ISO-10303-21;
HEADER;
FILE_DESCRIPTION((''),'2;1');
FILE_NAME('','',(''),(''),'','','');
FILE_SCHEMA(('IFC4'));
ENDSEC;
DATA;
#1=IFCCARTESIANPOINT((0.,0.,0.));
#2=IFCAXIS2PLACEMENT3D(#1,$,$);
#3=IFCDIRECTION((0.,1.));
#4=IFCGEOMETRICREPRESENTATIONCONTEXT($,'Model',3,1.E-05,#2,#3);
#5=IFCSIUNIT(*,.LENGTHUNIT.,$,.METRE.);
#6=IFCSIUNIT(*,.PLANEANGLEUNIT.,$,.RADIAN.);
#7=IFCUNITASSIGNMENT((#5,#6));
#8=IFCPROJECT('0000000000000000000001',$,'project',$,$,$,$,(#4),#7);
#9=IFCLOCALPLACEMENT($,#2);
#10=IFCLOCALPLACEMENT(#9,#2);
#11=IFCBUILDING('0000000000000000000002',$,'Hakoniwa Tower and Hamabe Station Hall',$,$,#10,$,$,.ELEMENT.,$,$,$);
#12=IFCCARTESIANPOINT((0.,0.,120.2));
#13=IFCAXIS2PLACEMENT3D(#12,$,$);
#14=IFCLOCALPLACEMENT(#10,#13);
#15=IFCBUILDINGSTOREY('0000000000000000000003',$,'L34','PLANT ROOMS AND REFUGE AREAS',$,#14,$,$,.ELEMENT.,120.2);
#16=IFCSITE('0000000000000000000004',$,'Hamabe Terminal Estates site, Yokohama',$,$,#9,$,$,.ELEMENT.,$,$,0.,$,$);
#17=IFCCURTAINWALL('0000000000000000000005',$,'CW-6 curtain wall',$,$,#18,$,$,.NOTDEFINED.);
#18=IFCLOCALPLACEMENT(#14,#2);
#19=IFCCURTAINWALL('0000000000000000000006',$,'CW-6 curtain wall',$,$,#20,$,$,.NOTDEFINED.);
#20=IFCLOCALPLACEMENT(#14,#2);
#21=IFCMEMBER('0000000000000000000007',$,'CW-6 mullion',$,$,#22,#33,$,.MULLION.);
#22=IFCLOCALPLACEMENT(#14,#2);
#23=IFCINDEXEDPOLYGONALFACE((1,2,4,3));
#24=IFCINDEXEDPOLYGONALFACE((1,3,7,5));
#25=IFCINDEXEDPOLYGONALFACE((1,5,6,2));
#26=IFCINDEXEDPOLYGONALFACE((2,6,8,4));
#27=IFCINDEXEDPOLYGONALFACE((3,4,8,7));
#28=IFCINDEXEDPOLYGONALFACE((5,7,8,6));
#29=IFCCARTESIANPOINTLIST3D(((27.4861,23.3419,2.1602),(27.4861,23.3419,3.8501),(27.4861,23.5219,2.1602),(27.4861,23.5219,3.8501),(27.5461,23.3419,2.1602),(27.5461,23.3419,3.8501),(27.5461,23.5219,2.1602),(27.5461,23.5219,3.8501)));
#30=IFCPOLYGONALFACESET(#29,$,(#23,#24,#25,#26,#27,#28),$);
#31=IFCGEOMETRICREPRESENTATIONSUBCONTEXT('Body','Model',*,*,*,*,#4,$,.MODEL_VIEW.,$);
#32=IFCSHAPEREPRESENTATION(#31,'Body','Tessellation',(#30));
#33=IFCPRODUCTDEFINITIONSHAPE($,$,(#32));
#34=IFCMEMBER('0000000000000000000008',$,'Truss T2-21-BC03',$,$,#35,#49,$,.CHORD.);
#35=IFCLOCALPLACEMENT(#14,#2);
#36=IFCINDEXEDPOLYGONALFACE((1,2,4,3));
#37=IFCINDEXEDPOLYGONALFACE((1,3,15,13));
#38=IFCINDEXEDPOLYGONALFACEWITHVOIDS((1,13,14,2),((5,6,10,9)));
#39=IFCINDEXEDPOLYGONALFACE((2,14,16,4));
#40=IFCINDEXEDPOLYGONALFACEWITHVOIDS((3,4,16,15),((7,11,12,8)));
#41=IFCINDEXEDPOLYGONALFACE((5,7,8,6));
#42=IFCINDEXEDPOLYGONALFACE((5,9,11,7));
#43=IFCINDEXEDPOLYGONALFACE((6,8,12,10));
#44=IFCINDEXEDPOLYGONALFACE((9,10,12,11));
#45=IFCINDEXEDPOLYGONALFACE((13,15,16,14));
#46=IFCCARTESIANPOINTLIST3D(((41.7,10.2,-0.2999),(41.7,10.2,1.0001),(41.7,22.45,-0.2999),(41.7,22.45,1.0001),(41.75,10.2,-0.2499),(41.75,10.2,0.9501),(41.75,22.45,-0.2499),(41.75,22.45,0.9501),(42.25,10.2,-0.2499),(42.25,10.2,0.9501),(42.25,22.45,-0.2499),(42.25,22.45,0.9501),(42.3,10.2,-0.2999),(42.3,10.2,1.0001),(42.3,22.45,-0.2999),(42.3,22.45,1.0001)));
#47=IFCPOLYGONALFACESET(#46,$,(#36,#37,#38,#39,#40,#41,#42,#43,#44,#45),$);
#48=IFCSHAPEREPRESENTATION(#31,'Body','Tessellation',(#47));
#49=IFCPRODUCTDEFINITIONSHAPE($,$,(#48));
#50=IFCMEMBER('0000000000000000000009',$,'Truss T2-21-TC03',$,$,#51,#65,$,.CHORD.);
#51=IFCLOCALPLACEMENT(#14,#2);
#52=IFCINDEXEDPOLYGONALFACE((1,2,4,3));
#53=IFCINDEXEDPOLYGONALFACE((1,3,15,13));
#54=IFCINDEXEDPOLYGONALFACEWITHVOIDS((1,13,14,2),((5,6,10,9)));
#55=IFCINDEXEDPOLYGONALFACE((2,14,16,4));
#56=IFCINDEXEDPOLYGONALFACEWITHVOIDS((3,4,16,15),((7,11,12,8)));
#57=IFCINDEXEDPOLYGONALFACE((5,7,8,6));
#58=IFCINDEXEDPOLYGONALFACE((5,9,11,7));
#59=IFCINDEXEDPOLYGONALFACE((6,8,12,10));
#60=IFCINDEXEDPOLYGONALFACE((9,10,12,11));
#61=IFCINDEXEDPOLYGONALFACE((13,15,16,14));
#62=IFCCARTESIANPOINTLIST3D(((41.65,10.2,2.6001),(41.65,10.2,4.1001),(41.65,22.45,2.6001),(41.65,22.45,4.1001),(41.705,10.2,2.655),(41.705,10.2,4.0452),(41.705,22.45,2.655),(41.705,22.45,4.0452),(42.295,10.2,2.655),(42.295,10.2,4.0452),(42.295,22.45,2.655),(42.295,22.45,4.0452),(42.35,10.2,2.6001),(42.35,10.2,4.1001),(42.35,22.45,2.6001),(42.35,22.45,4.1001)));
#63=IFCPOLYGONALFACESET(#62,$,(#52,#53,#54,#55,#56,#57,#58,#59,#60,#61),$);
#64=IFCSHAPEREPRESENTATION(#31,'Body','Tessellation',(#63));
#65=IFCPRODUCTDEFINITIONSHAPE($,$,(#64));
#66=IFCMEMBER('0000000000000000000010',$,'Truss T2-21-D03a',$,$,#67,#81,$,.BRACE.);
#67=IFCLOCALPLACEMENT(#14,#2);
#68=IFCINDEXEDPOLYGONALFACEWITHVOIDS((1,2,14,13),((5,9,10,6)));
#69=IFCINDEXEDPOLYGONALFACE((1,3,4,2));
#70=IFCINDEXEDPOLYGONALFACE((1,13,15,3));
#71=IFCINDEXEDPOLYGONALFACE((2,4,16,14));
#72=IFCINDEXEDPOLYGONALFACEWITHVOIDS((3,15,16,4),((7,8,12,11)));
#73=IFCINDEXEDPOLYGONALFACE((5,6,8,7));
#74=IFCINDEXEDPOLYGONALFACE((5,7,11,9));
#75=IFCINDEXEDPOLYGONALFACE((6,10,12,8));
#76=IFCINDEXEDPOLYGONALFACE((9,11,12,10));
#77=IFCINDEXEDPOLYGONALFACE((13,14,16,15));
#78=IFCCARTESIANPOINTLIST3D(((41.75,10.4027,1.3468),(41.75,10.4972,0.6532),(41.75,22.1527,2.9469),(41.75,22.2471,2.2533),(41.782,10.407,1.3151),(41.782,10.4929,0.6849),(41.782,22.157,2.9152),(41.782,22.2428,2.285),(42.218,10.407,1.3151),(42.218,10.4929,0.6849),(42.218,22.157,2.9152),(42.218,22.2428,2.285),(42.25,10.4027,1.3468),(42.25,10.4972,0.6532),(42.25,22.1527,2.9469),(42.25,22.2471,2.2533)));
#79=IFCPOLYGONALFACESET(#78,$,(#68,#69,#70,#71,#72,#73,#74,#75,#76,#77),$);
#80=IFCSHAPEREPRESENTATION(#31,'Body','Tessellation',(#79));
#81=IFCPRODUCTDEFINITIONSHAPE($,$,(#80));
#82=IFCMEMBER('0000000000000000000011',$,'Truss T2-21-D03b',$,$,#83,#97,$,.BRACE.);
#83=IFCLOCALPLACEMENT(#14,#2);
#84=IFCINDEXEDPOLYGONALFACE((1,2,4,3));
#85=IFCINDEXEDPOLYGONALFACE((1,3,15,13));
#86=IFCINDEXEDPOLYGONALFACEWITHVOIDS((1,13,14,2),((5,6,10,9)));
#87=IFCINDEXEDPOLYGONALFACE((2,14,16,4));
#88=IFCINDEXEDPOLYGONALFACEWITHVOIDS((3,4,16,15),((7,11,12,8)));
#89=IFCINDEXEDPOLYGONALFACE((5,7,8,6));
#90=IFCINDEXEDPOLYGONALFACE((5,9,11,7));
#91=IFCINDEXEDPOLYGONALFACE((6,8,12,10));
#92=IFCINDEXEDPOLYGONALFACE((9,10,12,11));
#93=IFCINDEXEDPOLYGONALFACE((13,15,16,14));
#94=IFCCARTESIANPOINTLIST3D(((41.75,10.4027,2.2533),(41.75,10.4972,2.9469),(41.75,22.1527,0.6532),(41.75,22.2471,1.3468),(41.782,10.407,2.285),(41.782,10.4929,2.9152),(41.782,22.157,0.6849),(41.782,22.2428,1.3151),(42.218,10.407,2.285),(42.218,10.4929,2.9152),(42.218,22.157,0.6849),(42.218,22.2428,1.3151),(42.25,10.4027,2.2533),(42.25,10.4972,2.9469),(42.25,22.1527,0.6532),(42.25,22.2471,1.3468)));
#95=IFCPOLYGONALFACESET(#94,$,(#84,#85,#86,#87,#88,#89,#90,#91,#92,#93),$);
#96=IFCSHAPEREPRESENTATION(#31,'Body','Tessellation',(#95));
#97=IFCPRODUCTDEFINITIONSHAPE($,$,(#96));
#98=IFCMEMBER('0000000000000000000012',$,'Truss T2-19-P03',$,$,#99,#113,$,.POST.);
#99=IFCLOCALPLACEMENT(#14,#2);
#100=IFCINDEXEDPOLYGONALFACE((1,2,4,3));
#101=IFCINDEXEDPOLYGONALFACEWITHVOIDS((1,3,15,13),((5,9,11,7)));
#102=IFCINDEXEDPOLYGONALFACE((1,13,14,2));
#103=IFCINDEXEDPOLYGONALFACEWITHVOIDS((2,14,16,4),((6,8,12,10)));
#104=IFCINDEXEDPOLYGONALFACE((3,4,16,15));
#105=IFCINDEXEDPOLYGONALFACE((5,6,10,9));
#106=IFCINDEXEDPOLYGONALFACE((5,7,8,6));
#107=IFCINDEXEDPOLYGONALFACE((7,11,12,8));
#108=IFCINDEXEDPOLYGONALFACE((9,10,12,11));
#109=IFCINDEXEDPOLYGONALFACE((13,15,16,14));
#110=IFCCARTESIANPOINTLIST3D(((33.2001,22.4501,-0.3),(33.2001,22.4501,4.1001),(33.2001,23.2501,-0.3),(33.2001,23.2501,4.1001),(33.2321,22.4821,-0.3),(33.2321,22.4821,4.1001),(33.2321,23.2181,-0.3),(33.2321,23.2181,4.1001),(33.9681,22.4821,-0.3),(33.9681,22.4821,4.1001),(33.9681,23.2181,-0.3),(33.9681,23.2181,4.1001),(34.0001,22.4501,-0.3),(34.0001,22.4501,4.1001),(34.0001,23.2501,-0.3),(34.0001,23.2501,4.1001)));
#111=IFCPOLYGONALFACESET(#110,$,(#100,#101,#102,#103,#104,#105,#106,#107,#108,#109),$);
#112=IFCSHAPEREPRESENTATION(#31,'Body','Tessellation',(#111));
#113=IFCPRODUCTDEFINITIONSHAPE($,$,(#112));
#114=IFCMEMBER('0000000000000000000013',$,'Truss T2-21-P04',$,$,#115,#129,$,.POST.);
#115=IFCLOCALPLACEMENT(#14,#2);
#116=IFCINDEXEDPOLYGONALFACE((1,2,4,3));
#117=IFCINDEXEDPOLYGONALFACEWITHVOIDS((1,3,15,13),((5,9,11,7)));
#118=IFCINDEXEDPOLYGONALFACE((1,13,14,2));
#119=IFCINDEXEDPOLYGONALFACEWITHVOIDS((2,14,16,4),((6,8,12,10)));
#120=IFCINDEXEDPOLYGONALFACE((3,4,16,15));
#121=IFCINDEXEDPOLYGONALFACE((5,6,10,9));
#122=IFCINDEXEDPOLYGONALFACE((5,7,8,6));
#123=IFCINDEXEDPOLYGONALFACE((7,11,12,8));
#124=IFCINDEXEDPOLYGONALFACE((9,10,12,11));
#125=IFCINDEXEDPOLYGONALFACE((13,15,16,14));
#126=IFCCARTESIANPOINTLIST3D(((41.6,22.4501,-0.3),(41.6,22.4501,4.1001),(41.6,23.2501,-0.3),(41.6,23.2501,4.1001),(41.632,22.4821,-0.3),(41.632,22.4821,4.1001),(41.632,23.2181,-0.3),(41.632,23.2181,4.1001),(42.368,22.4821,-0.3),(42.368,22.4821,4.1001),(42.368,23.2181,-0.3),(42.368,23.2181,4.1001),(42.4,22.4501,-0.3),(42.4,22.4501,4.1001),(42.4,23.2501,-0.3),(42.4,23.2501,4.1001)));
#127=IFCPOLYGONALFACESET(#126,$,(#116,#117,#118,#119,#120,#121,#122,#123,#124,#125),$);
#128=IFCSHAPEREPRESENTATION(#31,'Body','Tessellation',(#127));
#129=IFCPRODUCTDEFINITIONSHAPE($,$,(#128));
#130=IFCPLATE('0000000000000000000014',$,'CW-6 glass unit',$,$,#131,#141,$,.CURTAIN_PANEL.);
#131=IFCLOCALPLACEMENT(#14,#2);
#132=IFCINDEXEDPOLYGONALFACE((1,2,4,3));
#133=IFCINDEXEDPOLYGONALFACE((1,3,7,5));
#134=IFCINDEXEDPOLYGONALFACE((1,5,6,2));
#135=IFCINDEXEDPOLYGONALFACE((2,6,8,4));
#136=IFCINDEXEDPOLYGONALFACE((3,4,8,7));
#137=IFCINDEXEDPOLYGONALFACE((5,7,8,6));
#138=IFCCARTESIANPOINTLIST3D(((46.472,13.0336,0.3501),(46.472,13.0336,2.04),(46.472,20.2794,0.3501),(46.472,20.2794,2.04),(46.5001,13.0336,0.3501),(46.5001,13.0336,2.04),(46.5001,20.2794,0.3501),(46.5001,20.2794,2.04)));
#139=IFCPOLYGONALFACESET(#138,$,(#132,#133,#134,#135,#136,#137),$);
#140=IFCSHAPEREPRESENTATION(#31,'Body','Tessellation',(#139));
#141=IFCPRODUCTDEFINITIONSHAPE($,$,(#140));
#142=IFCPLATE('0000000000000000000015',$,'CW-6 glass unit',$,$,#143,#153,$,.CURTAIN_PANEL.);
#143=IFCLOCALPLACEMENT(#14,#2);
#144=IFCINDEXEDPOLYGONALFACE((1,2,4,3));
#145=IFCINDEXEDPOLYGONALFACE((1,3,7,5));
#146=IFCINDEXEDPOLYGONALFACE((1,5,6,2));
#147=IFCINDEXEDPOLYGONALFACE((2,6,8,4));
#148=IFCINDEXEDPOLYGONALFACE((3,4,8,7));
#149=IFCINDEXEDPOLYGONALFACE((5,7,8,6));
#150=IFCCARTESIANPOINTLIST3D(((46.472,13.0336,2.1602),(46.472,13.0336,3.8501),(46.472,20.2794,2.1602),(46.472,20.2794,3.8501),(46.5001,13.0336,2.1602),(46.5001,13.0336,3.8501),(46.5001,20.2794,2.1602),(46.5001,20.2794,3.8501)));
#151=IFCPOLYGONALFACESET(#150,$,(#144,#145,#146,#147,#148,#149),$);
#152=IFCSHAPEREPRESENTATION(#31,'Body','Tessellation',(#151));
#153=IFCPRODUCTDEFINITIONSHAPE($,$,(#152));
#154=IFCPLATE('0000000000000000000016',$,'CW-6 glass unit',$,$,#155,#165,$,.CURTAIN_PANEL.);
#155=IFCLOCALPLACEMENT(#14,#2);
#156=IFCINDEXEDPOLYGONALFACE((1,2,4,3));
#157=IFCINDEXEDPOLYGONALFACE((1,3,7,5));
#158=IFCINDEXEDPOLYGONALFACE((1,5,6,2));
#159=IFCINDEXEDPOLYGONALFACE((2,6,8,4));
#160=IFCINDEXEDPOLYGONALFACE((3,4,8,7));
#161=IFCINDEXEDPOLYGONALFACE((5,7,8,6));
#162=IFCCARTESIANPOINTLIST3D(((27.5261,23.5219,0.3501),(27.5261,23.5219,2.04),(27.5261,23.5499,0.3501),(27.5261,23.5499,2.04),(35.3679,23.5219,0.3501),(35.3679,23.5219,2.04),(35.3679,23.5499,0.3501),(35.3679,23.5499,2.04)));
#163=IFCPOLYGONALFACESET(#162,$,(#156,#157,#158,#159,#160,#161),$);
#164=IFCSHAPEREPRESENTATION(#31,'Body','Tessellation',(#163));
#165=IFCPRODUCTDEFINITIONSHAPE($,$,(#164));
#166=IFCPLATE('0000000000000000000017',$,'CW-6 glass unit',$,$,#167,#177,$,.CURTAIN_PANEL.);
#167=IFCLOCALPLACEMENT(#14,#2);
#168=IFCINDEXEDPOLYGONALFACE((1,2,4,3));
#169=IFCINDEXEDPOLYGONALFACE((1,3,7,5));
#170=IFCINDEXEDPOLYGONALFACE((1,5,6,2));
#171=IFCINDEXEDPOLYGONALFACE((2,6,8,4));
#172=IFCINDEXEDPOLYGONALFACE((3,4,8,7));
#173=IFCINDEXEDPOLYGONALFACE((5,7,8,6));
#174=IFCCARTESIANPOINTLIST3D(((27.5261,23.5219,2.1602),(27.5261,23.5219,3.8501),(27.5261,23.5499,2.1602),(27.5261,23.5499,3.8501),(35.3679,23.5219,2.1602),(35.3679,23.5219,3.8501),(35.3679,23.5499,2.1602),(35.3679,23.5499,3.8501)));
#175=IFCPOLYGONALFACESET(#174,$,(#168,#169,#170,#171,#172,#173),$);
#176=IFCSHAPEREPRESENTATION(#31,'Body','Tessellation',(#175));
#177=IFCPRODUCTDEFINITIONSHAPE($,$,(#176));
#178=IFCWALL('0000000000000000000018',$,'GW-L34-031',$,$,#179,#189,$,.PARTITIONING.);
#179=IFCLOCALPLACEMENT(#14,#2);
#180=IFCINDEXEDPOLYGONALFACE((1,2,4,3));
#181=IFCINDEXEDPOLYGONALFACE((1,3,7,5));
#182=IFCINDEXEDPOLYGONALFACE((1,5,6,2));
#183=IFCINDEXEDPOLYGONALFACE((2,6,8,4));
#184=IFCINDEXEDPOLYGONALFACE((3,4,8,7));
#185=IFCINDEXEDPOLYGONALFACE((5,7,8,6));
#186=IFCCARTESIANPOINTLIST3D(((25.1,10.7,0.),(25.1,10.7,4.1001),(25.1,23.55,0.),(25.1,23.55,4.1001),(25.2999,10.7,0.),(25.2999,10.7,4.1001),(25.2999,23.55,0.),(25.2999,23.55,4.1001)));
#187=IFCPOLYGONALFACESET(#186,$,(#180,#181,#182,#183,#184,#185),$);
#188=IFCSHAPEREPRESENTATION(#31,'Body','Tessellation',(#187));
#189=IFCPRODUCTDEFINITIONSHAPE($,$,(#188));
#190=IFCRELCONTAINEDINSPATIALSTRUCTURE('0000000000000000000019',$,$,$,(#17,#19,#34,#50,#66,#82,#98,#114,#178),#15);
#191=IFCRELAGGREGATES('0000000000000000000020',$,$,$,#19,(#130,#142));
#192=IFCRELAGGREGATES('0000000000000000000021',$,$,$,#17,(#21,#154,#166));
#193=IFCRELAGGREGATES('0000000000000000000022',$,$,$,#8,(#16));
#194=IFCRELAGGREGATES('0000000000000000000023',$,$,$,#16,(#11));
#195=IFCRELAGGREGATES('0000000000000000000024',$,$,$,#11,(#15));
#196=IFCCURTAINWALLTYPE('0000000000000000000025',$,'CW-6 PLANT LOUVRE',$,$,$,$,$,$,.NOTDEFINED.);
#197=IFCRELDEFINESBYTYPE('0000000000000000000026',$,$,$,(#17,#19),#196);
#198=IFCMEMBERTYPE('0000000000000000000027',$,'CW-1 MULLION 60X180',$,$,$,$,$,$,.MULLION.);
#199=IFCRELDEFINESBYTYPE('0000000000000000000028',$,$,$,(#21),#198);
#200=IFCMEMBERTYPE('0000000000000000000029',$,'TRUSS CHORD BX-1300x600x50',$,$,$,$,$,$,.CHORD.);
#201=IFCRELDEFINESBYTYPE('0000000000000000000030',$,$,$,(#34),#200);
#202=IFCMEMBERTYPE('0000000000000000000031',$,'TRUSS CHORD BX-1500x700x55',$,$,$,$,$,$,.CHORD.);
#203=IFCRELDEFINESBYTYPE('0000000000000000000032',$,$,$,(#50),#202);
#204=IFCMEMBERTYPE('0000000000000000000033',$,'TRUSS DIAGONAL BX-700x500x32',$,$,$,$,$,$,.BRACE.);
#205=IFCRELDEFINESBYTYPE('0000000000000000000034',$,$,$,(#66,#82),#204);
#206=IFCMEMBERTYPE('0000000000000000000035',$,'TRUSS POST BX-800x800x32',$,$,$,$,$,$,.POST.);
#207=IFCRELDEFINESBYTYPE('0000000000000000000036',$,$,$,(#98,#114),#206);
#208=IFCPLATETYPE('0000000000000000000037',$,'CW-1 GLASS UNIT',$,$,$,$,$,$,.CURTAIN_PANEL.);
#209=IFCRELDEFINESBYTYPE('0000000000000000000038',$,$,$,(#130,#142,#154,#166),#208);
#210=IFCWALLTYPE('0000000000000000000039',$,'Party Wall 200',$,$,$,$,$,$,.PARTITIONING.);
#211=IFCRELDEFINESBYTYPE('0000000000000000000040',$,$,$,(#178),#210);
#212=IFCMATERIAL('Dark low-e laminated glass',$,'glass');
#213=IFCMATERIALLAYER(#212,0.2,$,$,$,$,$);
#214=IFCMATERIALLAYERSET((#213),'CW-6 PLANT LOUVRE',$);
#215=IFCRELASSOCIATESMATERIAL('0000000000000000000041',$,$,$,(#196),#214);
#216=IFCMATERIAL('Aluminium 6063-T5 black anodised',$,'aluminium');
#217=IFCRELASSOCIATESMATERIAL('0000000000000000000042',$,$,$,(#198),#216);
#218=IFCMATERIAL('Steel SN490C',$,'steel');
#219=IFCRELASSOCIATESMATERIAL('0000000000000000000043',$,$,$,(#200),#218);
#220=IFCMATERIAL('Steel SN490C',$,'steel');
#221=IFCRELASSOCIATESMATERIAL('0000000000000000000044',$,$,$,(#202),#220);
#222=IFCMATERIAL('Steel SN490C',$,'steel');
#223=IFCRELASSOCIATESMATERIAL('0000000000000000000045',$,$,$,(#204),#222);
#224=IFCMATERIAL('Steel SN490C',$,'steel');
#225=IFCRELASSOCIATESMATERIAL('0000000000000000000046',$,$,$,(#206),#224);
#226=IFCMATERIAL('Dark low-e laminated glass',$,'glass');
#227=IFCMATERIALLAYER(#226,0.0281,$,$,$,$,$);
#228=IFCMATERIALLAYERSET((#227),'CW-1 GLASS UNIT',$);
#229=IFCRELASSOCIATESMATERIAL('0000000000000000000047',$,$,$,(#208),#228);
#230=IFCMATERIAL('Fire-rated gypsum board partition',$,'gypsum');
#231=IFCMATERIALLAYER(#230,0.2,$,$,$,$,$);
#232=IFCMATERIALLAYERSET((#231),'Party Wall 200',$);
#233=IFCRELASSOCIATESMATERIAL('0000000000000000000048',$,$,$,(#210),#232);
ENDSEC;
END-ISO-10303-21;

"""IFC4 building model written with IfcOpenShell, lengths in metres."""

from ifc_helpers import new_model, si_unit, direction, frame, frame_2d, origin, origin_2d, place, context, subcontext, project, spatial, rectangle, hollow_rectangle, extrude, material, layer, layer_set, material_profile, profile_set, type_object, element, aggregate, save


model = new_model("IFC4")

# Units and contexts
model_context = context("Model", 3, precision=1e-05, world=origin(), true_north=direction((0.0, 1.0)))
body_context = subcontext(model_context, "Body", "Model", "MODEL_VIEW")
ifc_project = project(units=[si_unit("LENGTHUNIT", "METRE"), si_unit("PLANEANGLEUNIT", "RADIAN")], contexts=[model_context])

# Site, building, storey
site_placement = place(None, origin())
site = spatial("IfcSite", under=ifc_project, at=site_placement, Name="Hamabe Terminal Estates site, Yokohama", CompositionType="ELEMENT", RefElevation=0.0)
building_placement = place(site_placement, origin())
building = spatial("IfcBuilding", under=site, at=building_placement, Name="Hakoniwa Tower and Hamabe Station Hall", CompositionType="ELEMENT")
storey_placement = place(building_placement, frame((0.0, 0.0, 120.2)))
storey = spatial("IfcBuildingStorey", under=building, at=storey_placement, Name="L34", Description="PLANT ROOMS AND REFUGE AREAS", CompositionType="ELEMENT", Elevation=120.2)

# Curtain walls
ifc_material_1 = material(Name="Dark low-e laminated glass", Category="glass")
ifc_layer_1 = layer(ifc_material_1, 0.2)
ifc_layer_set_1 = layer_set([ifc_layer_1], Name="CW-6 PLANT LOUVRE")
curtain_wall_type = type_object("IfcCurtainWallType", Name="CW-6 PLANT LOUVRE", PredefinedType="NOTDEFINED", material=ifc_layer_set_1)
curtain_wall_1_placement = place(storey_placement, origin())
curtain_wall_1 = element("IfcCurtainWall", 1, at=curtain_wall_1_placement, inside=storey, type_object=curtain_wall_type, Name="CW-6 curtain wall", PredefinedType="NOTDEFINED")
curtain_wall_2_placement = place(storey_placement, origin())
curtain_wall_2 = element("IfcCurtainWall", 2, at=curtain_wall_2_placement, inside=storey, type_object=curtain_wall_type, Name="CW-6 curtain wall", PredefinedType="NOTDEFINED")
ifc_material_2 = material(Name="Aluminium 6063-T5 black anodised", Category="aluminium")
ifc_material_profile_1 = material_profile(ifc_material_2, rectangle(XDim=0.0601, YDim=0.1799, at=origin_2d()), Name="CW-1 MULLION 60X180")
ifc_profile_set_1 = profile_set([ifc_material_profile_1], Name="Aluminium 6063-T5 black anodised")
member_type_1 = type_object("IfcMemberType", Name="CW-1 MULLION 60X180", PredefinedType="MULLION", material=ifc_profile_set_1)

# Member
member_1_placement = place(storey_placement, frame((27.5161, 23.4319, 2.1602), z_axis=(0.0, 0.0, 1.0), x_axis=(-1.0, 0.0, 0.0)))
member_1 = element("IfcMember", 3, at=member_1_placement, type_object=member_type_1, Name="CW-6 mullion", PredefinedType="MULLION", context=body_context, shape_type="SweptSolid", body=[
    extrude(rectangle(XDim=0.0601, YDim=0.1799, at=origin_2d()), origin(), (0.0, 0.0, 1.0), 1.6899),
])

# Members
ifc_material_3 = material(Name="Steel SN490C", Category="steel")
ifc_material_profile_2 = material_profile(ifc_material_3, hollow_rectangle(XDim=0.6001, YDim=1.3, WallThickness=0.05, at=origin_2d()), Name="BX-1300x600x50")
ifc_profile_set_2 = profile_set([ifc_material_profile_2], Name="Steel SN490C")
member_type_2 = type_object("IfcMemberType", Name="TRUSS CHORD BX-1300x600x50", PredefinedType="CHORD", material=ifc_profile_set_2)
member_2_placement = place(storey_placement, frame((42.0, 10.2, 0.3501), z_axis=(0.0, 1.0, 0.0), x_axis=(-1.0, 0.0, 0.0)))
element("IfcMember", 4, at=member_2_placement, inside=storey, type_object=member_type_2, Name="Truss T2-21-BC03", PredefinedType="CHORD", context=body_context, shape_type="SweptSolid", body=[
    extrude(hollow_rectangle(XDim=0.6001, YDim=1.3, WallThickness=0.05, at=origin_2d()), origin(), (0.0, 0.0, 1.0), 12.25),
])
ifc_material_4 = material(Name="Steel SN490C", Category="steel")
ifc_material_profile_3 = material_profile(ifc_material_4, hollow_rectangle(XDim=0.7, YDim=1.5, WallThickness=0.0549, at=origin_2d()), Name="BX-1500x700x55")
ifc_profile_set_3 = profile_set([ifc_material_profile_3], Name="Steel SN490C")
member_type_3 = type_object("IfcMemberType", Name="TRUSS CHORD BX-1500x700x55", PredefinedType="CHORD", material=ifc_profile_set_3)
member_3_placement = place(storey_placement, frame((42.0, 10.2, 3.3501), z_axis=(0.0, 1.0, 0.0), x_axis=(-1.0, 0.0, 0.0)))
element("IfcMember", 5, at=member_3_placement, inside=storey, type_object=member_type_3, Name="Truss T2-21-TC03", PredefinedType="CHORD", context=body_context, shape_type="SweptSolid", body=[
    extrude(hollow_rectangle(XDim=0.7, YDim=1.5, WallThickness=0.0549, at=origin_2d()), origin(), (0.0, 0.0, 1.0), 12.25),
])
ifc_material_5 = material(Name="Steel SN490C", Category="steel")
ifc_material_profile_4 = material_profile(ifc_material_5, hollow_rectangle(XDim=0.5, YDim=0.7, WallThickness=0.032, at=origin_2d()), Name="BX-700x500x32")
ifc_profile_set_4 = profile_set([ifc_material_profile_4], Name="Steel SN490C")
member_type_4 = type_object("IfcMemberType", Name="TRUSS DIAGONAL BX-700x500x32", PredefinedType="BRACE", material=ifc_profile_set_4)
for number, where, z_axis, x_axis, name in (
    (6, (42.0, 10.45, 1.0), (0.0, 0.990855, 0.134933), (-1.0, 0.0, 0.0), "Truss T2-21-D03a"),
    (7, (42.0, 10.45, 2.6001), (0.0, 0.990855, -0.134933), (-1.0, 0.0, 0.0), "Truss T2-21-D03b"),
):
    element("IfcMember", number, at=place(storey_placement, frame(where, z_axis=z_axis, x_axis=x_axis)), inside=storey, type_object=member_type_4, Name=name, PredefinedType="BRACE", context=body_context, shape_type="SweptSolid", body=[
        extrude(hollow_rectangle(XDim=0.5, YDim=0.7, WallThickness=0.032, at=origin_2d()), origin(), (0.0, 0.0, 1.0), 11.8584),
    ])
ifc_material_6 = material(Name="Steel SN490C", Category="steel")
ifc_material_profile_5 = material_profile(ifc_material_6, hollow_rectangle(XDim=0.8, YDim=0.8, WallThickness=0.032, at=origin_2d()), Name="BX-800x800x32")
ifc_profile_set_5 = profile_set([ifc_material_profile_5], Name="Steel SN490C")
member_type_5 = type_object("IfcMemberType", Name="TRUSS POST BX-800x800x32", PredefinedType="POST", material=ifc_profile_set_5)
for number, where, z_axis, x_axis, name in (
    (8, (33.6001, 22.8501, -0.3), (0.0, 0.0, 1.0), (1.0, 0.0, 0.0), "Truss T2-19-P03"),
    (9, (42.0, 22.8501, -0.3), (0.0, 0.0, 1.0), (1.0, 0.0, 0.0), "Truss T2-21-P04"),
):
    element("IfcMember", number, at=place(storey_placement, frame(where, z_axis=z_axis, x_axis=x_axis)), inside=storey, type_object=member_type_5, Name=name, PredefinedType="POST", context=body_context, shape_type="SweptSolid", body=[
        extrude(hollow_rectangle(XDim=0.8, YDim=0.8, WallThickness=0.032, at=origin_2d()), origin(), (0.0, 0.0, 1.0), 4.4001),
    ])

# Plates
ifc_material_7 = material(Name="Dark low-e laminated glass", Category="glass")
ifc_layer_2 = layer(ifc_material_7, 0.0281)
ifc_layer_set_2 = layer_set([ifc_layer_2], Name="CW-1 GLASS UNIT")
plate_type = type_object("IfcPlateType", Name="CW-1 GLASS UNIT", PredefinedType="CURTAIN_PANEL", material=ifc_layer_set_2)
plate_1_placement = place(storey_placement, frame((46.4861, 16.6565, 0.3501), z_axis=(0.0, 0.0, 1.0), x_axis=(0.0, 1.0, 0.0)))
plate_1 = element("IfcPlate", 10, at=plate_1_placement, type_object=plate_type, Name="CW-6 glass unit", PredefinedType="CURTAIN_PANEL", context=body_context, shape_type="SweptSolid", body=[
    extrude(rectangle(XDim=7.2458, YDim=0.0281, at=origin_2d()), origin(), (0.0, 0.0, 1.0), 1.6899),
])
plate_2_placement = place(storey_placement, frame((46.4861, 16.6565, 2.1602), z_axis=(0.0, 0.0, 1.0), x_axis=(0.0, 1.0, 0.0)))
plate_2 = element("IfcPlate", 11, at=plate_2_placement, type_object=plate_type, Name="CW-6 glass unit", PredefinedType="CURTAIN_PANEL", context=body_context, shape_type="SweptSolid", body=[
    extrude(rectangle(XDim=7.2458, YDim=0.0281, at=origin_2d()), origin(), (0.0, 0.0, 1.0), 1.6899),
])
aggregate(curtain_wall_2, [plate_1, plate_2])
plate_3_placement = place(storey_placement, frame((31.447, 23.5359, 0.3501), z_axis=(0.0, 0.0, 1.0), x_axis=(-1.0, 0.0, 0.0)))
plate_3 = element("IfcPlate", 12, at=plate_3_placement, type_object=plate_type, Name="CW-6 glass unit", PredefinedType="CURTAIN_PANEL", context=body_context, shape_type="SweptSolid", body=[
    extrude(rectangle(XDim=7.8418, YDim=0.0281, at=origin_2d()), origin(), (0.0, 0.0, 1.0), 1.6899),
])
plate_4_placement = place(storey_placement, frame((31.447, 23.5359, 2.1602), z_axis=(0.0, 0.0, 1.0), x_axis=(-1.0, 0.0, 0.0)))
plate_4 = element("IfcPlate", 13, at=plate_4_placement, type_object=plate_type, Name="CW-6 glass unit", PredefinedType="CURTAIN_PANEL", context=body_context, shape_type="SweptSolid", body=[
    extrude(rectangle(XDim=7.8418, YDim=0.0281, at=origin_2d()), origin(), (0.0, 0.0, 1.0), 1.6899),
])

# Wall
ifc_material_8 = material(Name="Fire-rated gypsum board partition", Category="gypsum")
ifc_layer_3 = layer(ifc_material_8, 0.2)
ifc_layer_set_3 = layer_set([ifc_layer_3], Name="Party Wall 200")
wall_type = type_object("IfcWallType", Name="Party Wall 200", PredefinedType="PARTITIONING", material=ifc_layer_set_3)
for number, where, z_axis, x_axis, name in (
    (14, (25.2, 10.7, 0.0), (0.0, 0.0, 1.0), (0.0, 1.0, 0.0), "GW-L34-031"),
):
    element("IfcWall", number, at=place(storey_placement, frame(where, z_axis=z_axis, x_axis=x_axis)), inside=storey, type_object=wall_type, Name=name, PredefinedType="PARTITIONING", context=body_context, shape_type="SweptSolid", body=[
        extrude(rectangle(XDim=12.8501, YDim=0.2, at=frame_2d((6.425, 0.0))), origin(), (0.0, 0.0, 1.0), 4.1001),
    ])

aggregate(curtain_wall_1, [member_1, plate_3, plate_4])

save(model, "model.ifc")
